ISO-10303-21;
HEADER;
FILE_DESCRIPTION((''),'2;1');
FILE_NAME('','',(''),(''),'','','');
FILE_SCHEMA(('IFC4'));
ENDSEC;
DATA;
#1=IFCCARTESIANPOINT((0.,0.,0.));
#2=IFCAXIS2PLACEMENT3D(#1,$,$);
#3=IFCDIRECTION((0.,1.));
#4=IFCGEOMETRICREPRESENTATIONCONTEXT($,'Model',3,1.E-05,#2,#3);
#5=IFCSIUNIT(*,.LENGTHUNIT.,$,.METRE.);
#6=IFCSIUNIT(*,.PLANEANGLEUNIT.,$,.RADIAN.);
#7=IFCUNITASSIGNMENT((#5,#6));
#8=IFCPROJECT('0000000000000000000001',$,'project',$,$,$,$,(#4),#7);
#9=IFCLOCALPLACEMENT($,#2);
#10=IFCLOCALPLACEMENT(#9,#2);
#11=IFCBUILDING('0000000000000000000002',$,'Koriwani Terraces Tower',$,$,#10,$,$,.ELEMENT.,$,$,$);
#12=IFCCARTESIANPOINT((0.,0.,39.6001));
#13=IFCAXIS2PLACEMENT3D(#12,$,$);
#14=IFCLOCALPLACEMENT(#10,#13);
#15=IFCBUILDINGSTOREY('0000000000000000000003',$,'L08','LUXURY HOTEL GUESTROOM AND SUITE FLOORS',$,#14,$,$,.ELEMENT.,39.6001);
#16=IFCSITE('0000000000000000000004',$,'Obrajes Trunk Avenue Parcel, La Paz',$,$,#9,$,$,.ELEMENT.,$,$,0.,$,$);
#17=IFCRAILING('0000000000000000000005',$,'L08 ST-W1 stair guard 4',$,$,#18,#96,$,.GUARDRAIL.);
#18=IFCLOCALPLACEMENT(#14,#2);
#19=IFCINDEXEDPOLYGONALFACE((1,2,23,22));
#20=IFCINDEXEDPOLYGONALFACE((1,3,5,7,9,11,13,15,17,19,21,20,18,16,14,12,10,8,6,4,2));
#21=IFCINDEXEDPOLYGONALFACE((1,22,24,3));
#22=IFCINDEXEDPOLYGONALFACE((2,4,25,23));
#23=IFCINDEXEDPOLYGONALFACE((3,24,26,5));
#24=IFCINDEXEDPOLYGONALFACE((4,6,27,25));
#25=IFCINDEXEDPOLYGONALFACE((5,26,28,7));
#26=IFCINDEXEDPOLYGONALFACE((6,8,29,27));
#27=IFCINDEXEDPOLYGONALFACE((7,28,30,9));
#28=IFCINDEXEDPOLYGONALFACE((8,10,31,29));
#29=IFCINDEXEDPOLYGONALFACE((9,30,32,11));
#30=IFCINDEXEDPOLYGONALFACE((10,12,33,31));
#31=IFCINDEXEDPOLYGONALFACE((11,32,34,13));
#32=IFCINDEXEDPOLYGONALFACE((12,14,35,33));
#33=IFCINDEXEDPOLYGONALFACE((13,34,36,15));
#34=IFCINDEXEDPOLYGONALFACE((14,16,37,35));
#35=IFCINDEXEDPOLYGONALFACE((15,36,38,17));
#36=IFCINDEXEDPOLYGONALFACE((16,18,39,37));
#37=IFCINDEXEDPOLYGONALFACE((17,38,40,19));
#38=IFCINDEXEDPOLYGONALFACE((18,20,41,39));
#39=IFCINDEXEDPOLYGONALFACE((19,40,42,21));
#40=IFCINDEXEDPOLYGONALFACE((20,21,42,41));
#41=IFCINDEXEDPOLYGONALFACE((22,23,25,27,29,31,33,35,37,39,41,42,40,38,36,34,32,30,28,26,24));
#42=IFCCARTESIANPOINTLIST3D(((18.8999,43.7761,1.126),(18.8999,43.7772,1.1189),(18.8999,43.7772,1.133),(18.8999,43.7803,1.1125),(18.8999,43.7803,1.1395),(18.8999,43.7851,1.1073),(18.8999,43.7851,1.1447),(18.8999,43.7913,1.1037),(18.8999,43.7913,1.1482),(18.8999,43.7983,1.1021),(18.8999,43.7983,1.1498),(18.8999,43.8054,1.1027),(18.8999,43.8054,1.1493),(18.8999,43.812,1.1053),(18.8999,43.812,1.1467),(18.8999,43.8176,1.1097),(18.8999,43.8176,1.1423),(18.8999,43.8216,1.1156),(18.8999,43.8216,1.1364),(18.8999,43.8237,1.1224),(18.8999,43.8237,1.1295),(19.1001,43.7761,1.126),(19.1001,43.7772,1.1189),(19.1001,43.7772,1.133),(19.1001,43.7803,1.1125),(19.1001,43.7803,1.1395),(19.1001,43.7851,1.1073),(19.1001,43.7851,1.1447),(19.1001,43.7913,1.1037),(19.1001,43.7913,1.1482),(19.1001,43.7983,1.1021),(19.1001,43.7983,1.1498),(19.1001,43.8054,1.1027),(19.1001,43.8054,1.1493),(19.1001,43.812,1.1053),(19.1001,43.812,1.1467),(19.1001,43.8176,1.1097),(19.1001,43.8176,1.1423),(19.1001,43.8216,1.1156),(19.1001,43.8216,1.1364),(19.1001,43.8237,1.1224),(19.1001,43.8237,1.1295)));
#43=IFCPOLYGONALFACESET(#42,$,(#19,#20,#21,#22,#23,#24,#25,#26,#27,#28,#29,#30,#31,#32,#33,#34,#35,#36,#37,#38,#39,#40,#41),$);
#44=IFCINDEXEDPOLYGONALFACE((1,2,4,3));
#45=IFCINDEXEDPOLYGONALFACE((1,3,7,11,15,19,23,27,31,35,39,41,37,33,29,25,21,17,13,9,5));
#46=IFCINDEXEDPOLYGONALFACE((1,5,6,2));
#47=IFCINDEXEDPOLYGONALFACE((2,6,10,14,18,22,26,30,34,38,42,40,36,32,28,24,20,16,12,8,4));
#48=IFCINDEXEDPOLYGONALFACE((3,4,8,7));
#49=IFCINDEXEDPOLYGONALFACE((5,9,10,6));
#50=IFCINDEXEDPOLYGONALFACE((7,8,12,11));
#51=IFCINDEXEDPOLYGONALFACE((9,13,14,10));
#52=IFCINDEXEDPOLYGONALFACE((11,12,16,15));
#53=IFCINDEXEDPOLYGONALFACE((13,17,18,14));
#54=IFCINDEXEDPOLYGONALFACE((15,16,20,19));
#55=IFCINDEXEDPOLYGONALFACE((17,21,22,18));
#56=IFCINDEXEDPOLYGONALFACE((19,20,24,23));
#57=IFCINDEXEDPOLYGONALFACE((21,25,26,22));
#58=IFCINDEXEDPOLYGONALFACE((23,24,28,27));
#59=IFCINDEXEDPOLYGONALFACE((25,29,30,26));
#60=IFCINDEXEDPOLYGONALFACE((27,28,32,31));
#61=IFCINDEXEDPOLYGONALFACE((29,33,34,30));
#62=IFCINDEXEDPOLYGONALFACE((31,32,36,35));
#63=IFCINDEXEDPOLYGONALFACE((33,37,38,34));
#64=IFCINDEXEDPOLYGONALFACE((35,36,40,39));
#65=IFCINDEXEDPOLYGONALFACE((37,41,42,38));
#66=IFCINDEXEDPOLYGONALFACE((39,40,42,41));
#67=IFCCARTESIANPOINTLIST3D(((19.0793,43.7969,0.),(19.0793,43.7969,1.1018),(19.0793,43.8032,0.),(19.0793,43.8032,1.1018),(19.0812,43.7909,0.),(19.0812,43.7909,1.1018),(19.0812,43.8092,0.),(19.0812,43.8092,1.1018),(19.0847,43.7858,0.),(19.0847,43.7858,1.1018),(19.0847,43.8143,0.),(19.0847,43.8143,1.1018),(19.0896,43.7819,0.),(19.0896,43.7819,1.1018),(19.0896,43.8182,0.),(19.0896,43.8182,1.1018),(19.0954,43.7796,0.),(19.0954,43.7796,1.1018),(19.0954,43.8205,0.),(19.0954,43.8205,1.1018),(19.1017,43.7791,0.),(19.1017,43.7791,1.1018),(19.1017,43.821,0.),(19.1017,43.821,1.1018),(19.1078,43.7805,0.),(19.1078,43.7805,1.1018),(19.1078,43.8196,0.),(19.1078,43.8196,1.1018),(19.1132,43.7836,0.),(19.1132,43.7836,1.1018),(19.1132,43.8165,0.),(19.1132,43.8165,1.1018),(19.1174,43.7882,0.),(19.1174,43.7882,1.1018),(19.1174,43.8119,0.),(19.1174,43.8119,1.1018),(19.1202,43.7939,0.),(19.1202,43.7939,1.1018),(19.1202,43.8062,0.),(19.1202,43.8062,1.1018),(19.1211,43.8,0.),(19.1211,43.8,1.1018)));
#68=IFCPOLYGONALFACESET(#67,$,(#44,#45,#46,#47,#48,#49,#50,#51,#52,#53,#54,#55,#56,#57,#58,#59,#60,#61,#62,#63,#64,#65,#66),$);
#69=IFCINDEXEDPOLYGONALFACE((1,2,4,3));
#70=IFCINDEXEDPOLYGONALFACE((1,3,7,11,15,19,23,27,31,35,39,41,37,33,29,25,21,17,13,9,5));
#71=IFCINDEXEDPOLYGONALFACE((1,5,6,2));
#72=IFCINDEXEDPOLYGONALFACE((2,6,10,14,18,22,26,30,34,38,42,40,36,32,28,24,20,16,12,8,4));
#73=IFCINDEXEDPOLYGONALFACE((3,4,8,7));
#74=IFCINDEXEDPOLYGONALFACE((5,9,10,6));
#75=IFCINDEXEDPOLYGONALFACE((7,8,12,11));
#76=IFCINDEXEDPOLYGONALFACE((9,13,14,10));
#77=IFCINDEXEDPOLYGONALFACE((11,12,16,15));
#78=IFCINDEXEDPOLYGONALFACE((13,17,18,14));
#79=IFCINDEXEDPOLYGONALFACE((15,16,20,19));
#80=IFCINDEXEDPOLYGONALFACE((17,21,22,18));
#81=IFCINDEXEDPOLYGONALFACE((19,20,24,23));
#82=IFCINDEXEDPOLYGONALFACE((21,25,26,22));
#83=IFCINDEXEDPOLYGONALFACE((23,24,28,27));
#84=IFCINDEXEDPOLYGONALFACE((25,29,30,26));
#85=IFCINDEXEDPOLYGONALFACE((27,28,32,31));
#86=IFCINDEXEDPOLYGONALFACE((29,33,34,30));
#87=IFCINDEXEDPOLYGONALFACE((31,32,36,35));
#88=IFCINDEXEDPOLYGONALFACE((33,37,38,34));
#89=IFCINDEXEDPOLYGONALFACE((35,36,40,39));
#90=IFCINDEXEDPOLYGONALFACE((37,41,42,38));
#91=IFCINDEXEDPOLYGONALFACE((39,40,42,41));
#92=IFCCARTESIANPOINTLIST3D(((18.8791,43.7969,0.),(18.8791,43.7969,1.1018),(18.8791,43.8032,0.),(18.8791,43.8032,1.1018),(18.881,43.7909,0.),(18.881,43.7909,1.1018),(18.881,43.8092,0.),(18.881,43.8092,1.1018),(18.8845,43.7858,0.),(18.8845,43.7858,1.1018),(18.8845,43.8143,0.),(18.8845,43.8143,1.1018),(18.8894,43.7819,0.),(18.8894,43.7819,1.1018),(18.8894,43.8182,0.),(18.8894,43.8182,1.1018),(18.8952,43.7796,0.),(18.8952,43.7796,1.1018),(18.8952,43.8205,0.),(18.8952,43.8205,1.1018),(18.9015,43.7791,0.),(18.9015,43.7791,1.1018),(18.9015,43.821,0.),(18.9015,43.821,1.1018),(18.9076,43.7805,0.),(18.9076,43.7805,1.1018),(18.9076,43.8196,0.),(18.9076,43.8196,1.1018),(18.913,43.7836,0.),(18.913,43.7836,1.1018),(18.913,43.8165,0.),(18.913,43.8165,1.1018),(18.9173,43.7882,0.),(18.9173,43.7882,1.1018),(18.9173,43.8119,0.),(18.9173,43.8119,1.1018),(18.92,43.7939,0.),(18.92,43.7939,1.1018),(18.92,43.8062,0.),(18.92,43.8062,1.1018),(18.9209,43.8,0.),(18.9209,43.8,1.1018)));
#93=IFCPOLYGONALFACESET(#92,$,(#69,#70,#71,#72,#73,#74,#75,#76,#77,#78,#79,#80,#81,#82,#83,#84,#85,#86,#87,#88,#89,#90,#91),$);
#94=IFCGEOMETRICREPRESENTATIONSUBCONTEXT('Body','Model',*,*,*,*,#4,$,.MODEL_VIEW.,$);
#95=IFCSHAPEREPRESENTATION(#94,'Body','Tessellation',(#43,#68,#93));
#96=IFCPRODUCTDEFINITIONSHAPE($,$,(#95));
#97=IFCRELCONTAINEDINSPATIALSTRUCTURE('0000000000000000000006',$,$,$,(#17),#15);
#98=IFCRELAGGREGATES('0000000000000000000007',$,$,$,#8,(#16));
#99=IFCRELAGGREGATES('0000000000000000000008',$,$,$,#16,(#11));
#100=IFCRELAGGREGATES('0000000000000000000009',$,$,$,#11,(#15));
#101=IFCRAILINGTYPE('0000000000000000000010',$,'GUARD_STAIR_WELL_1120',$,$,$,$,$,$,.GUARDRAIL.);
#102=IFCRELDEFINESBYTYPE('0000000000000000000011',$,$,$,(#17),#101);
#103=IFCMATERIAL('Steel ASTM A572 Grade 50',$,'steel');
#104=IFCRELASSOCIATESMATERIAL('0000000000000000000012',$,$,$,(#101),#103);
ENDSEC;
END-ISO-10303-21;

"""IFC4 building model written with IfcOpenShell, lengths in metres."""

from ifc_helpers import new_model, si_unit, direction, frame, origin, origin_2d, place, context, subcontext, project, spatial, circle, extrude, material, type_object, element, save


model = new_model("IFC4")

# Units and contexts
model_context = context("Model", 3, precision=1e-05, world=origin(), true_north=direction((0.0, 1.0)))
body_context = subcontext(model_context, "Body", "Model", "MODEL_VIEW")
ifc_project = project(units=[si_unit("LENGTHUNIT", "METRE"), si_unit("PLANEANGLEUNIT", "RADIAN")], contexts=[model_context])

# Site, building, storey
site_placement = place(None, origin())
site = spatial("IfcSite", under=ifc_project, at=site_placement, Name="Obrajes Trunk Avenue Parcel, La Paz", CompositionType="ELEMENT", RefElevation=0.0)
building_placement = place(site_placement, origin())
building = spatial("IfcBuilding", under=site, at=building_placement, Name="Koriwani Terraces Tower", CompositionType="ELEMENT")
storey_placement = place(building_placement, frame((0.0, 0.0, 39.6001)))
storey = spatial("IfcBuildingStorey", under=building, at=storey_placement, Name="L08", Description="LUXURY HOTEL GUESTROOM AND SUITE FLOORS", CompositionType="ELEMENT", Elevation=39.6001)

# Shared definitions
ifc_material_1 = material(Name="Steel ASTM A572 Grade 50", Category="steel")

# Railing
railing_type_1 = type_object("IfcRailingType", Name="GUARD_STAIR_WELL_1120", PredefinedType="GUARDRAIL", material=ifc_material_1)
railing_1_placement = place(storey_placement, frame((19.1001, 43.8, 0.0)))
element("IfcRailing", 1, at=railing_1_placement, inside=storey, type_object=railing_type_1, Name="L08 ST-W1 stair guard 4", PredefinedType="GUARDRAIL", context=body_context, shape_type="SweptSolid", body=[
    extrude(circle(Radius=0.0239, at=origin_2d()), frame((0.0, 0.0, 1.126), z_axis=(-1.0, 0.0, 0.0), x_axis=(0.0, -1.0, 0.0)), (0.0, 0.0, 1.0), 0.2002),
    extrude(circle(Radius=0.021, at=origin_2d()), origin(), (0.0, 0.0, 1.0), 1.1018),
    extrude(circle(Radius=0.021, at=origin_2d()), frame((-0.2002, 0.0, 0.0)), (0.0, 0.0, 1.0), 1.1018),
])

save(model, "model.ifc")
